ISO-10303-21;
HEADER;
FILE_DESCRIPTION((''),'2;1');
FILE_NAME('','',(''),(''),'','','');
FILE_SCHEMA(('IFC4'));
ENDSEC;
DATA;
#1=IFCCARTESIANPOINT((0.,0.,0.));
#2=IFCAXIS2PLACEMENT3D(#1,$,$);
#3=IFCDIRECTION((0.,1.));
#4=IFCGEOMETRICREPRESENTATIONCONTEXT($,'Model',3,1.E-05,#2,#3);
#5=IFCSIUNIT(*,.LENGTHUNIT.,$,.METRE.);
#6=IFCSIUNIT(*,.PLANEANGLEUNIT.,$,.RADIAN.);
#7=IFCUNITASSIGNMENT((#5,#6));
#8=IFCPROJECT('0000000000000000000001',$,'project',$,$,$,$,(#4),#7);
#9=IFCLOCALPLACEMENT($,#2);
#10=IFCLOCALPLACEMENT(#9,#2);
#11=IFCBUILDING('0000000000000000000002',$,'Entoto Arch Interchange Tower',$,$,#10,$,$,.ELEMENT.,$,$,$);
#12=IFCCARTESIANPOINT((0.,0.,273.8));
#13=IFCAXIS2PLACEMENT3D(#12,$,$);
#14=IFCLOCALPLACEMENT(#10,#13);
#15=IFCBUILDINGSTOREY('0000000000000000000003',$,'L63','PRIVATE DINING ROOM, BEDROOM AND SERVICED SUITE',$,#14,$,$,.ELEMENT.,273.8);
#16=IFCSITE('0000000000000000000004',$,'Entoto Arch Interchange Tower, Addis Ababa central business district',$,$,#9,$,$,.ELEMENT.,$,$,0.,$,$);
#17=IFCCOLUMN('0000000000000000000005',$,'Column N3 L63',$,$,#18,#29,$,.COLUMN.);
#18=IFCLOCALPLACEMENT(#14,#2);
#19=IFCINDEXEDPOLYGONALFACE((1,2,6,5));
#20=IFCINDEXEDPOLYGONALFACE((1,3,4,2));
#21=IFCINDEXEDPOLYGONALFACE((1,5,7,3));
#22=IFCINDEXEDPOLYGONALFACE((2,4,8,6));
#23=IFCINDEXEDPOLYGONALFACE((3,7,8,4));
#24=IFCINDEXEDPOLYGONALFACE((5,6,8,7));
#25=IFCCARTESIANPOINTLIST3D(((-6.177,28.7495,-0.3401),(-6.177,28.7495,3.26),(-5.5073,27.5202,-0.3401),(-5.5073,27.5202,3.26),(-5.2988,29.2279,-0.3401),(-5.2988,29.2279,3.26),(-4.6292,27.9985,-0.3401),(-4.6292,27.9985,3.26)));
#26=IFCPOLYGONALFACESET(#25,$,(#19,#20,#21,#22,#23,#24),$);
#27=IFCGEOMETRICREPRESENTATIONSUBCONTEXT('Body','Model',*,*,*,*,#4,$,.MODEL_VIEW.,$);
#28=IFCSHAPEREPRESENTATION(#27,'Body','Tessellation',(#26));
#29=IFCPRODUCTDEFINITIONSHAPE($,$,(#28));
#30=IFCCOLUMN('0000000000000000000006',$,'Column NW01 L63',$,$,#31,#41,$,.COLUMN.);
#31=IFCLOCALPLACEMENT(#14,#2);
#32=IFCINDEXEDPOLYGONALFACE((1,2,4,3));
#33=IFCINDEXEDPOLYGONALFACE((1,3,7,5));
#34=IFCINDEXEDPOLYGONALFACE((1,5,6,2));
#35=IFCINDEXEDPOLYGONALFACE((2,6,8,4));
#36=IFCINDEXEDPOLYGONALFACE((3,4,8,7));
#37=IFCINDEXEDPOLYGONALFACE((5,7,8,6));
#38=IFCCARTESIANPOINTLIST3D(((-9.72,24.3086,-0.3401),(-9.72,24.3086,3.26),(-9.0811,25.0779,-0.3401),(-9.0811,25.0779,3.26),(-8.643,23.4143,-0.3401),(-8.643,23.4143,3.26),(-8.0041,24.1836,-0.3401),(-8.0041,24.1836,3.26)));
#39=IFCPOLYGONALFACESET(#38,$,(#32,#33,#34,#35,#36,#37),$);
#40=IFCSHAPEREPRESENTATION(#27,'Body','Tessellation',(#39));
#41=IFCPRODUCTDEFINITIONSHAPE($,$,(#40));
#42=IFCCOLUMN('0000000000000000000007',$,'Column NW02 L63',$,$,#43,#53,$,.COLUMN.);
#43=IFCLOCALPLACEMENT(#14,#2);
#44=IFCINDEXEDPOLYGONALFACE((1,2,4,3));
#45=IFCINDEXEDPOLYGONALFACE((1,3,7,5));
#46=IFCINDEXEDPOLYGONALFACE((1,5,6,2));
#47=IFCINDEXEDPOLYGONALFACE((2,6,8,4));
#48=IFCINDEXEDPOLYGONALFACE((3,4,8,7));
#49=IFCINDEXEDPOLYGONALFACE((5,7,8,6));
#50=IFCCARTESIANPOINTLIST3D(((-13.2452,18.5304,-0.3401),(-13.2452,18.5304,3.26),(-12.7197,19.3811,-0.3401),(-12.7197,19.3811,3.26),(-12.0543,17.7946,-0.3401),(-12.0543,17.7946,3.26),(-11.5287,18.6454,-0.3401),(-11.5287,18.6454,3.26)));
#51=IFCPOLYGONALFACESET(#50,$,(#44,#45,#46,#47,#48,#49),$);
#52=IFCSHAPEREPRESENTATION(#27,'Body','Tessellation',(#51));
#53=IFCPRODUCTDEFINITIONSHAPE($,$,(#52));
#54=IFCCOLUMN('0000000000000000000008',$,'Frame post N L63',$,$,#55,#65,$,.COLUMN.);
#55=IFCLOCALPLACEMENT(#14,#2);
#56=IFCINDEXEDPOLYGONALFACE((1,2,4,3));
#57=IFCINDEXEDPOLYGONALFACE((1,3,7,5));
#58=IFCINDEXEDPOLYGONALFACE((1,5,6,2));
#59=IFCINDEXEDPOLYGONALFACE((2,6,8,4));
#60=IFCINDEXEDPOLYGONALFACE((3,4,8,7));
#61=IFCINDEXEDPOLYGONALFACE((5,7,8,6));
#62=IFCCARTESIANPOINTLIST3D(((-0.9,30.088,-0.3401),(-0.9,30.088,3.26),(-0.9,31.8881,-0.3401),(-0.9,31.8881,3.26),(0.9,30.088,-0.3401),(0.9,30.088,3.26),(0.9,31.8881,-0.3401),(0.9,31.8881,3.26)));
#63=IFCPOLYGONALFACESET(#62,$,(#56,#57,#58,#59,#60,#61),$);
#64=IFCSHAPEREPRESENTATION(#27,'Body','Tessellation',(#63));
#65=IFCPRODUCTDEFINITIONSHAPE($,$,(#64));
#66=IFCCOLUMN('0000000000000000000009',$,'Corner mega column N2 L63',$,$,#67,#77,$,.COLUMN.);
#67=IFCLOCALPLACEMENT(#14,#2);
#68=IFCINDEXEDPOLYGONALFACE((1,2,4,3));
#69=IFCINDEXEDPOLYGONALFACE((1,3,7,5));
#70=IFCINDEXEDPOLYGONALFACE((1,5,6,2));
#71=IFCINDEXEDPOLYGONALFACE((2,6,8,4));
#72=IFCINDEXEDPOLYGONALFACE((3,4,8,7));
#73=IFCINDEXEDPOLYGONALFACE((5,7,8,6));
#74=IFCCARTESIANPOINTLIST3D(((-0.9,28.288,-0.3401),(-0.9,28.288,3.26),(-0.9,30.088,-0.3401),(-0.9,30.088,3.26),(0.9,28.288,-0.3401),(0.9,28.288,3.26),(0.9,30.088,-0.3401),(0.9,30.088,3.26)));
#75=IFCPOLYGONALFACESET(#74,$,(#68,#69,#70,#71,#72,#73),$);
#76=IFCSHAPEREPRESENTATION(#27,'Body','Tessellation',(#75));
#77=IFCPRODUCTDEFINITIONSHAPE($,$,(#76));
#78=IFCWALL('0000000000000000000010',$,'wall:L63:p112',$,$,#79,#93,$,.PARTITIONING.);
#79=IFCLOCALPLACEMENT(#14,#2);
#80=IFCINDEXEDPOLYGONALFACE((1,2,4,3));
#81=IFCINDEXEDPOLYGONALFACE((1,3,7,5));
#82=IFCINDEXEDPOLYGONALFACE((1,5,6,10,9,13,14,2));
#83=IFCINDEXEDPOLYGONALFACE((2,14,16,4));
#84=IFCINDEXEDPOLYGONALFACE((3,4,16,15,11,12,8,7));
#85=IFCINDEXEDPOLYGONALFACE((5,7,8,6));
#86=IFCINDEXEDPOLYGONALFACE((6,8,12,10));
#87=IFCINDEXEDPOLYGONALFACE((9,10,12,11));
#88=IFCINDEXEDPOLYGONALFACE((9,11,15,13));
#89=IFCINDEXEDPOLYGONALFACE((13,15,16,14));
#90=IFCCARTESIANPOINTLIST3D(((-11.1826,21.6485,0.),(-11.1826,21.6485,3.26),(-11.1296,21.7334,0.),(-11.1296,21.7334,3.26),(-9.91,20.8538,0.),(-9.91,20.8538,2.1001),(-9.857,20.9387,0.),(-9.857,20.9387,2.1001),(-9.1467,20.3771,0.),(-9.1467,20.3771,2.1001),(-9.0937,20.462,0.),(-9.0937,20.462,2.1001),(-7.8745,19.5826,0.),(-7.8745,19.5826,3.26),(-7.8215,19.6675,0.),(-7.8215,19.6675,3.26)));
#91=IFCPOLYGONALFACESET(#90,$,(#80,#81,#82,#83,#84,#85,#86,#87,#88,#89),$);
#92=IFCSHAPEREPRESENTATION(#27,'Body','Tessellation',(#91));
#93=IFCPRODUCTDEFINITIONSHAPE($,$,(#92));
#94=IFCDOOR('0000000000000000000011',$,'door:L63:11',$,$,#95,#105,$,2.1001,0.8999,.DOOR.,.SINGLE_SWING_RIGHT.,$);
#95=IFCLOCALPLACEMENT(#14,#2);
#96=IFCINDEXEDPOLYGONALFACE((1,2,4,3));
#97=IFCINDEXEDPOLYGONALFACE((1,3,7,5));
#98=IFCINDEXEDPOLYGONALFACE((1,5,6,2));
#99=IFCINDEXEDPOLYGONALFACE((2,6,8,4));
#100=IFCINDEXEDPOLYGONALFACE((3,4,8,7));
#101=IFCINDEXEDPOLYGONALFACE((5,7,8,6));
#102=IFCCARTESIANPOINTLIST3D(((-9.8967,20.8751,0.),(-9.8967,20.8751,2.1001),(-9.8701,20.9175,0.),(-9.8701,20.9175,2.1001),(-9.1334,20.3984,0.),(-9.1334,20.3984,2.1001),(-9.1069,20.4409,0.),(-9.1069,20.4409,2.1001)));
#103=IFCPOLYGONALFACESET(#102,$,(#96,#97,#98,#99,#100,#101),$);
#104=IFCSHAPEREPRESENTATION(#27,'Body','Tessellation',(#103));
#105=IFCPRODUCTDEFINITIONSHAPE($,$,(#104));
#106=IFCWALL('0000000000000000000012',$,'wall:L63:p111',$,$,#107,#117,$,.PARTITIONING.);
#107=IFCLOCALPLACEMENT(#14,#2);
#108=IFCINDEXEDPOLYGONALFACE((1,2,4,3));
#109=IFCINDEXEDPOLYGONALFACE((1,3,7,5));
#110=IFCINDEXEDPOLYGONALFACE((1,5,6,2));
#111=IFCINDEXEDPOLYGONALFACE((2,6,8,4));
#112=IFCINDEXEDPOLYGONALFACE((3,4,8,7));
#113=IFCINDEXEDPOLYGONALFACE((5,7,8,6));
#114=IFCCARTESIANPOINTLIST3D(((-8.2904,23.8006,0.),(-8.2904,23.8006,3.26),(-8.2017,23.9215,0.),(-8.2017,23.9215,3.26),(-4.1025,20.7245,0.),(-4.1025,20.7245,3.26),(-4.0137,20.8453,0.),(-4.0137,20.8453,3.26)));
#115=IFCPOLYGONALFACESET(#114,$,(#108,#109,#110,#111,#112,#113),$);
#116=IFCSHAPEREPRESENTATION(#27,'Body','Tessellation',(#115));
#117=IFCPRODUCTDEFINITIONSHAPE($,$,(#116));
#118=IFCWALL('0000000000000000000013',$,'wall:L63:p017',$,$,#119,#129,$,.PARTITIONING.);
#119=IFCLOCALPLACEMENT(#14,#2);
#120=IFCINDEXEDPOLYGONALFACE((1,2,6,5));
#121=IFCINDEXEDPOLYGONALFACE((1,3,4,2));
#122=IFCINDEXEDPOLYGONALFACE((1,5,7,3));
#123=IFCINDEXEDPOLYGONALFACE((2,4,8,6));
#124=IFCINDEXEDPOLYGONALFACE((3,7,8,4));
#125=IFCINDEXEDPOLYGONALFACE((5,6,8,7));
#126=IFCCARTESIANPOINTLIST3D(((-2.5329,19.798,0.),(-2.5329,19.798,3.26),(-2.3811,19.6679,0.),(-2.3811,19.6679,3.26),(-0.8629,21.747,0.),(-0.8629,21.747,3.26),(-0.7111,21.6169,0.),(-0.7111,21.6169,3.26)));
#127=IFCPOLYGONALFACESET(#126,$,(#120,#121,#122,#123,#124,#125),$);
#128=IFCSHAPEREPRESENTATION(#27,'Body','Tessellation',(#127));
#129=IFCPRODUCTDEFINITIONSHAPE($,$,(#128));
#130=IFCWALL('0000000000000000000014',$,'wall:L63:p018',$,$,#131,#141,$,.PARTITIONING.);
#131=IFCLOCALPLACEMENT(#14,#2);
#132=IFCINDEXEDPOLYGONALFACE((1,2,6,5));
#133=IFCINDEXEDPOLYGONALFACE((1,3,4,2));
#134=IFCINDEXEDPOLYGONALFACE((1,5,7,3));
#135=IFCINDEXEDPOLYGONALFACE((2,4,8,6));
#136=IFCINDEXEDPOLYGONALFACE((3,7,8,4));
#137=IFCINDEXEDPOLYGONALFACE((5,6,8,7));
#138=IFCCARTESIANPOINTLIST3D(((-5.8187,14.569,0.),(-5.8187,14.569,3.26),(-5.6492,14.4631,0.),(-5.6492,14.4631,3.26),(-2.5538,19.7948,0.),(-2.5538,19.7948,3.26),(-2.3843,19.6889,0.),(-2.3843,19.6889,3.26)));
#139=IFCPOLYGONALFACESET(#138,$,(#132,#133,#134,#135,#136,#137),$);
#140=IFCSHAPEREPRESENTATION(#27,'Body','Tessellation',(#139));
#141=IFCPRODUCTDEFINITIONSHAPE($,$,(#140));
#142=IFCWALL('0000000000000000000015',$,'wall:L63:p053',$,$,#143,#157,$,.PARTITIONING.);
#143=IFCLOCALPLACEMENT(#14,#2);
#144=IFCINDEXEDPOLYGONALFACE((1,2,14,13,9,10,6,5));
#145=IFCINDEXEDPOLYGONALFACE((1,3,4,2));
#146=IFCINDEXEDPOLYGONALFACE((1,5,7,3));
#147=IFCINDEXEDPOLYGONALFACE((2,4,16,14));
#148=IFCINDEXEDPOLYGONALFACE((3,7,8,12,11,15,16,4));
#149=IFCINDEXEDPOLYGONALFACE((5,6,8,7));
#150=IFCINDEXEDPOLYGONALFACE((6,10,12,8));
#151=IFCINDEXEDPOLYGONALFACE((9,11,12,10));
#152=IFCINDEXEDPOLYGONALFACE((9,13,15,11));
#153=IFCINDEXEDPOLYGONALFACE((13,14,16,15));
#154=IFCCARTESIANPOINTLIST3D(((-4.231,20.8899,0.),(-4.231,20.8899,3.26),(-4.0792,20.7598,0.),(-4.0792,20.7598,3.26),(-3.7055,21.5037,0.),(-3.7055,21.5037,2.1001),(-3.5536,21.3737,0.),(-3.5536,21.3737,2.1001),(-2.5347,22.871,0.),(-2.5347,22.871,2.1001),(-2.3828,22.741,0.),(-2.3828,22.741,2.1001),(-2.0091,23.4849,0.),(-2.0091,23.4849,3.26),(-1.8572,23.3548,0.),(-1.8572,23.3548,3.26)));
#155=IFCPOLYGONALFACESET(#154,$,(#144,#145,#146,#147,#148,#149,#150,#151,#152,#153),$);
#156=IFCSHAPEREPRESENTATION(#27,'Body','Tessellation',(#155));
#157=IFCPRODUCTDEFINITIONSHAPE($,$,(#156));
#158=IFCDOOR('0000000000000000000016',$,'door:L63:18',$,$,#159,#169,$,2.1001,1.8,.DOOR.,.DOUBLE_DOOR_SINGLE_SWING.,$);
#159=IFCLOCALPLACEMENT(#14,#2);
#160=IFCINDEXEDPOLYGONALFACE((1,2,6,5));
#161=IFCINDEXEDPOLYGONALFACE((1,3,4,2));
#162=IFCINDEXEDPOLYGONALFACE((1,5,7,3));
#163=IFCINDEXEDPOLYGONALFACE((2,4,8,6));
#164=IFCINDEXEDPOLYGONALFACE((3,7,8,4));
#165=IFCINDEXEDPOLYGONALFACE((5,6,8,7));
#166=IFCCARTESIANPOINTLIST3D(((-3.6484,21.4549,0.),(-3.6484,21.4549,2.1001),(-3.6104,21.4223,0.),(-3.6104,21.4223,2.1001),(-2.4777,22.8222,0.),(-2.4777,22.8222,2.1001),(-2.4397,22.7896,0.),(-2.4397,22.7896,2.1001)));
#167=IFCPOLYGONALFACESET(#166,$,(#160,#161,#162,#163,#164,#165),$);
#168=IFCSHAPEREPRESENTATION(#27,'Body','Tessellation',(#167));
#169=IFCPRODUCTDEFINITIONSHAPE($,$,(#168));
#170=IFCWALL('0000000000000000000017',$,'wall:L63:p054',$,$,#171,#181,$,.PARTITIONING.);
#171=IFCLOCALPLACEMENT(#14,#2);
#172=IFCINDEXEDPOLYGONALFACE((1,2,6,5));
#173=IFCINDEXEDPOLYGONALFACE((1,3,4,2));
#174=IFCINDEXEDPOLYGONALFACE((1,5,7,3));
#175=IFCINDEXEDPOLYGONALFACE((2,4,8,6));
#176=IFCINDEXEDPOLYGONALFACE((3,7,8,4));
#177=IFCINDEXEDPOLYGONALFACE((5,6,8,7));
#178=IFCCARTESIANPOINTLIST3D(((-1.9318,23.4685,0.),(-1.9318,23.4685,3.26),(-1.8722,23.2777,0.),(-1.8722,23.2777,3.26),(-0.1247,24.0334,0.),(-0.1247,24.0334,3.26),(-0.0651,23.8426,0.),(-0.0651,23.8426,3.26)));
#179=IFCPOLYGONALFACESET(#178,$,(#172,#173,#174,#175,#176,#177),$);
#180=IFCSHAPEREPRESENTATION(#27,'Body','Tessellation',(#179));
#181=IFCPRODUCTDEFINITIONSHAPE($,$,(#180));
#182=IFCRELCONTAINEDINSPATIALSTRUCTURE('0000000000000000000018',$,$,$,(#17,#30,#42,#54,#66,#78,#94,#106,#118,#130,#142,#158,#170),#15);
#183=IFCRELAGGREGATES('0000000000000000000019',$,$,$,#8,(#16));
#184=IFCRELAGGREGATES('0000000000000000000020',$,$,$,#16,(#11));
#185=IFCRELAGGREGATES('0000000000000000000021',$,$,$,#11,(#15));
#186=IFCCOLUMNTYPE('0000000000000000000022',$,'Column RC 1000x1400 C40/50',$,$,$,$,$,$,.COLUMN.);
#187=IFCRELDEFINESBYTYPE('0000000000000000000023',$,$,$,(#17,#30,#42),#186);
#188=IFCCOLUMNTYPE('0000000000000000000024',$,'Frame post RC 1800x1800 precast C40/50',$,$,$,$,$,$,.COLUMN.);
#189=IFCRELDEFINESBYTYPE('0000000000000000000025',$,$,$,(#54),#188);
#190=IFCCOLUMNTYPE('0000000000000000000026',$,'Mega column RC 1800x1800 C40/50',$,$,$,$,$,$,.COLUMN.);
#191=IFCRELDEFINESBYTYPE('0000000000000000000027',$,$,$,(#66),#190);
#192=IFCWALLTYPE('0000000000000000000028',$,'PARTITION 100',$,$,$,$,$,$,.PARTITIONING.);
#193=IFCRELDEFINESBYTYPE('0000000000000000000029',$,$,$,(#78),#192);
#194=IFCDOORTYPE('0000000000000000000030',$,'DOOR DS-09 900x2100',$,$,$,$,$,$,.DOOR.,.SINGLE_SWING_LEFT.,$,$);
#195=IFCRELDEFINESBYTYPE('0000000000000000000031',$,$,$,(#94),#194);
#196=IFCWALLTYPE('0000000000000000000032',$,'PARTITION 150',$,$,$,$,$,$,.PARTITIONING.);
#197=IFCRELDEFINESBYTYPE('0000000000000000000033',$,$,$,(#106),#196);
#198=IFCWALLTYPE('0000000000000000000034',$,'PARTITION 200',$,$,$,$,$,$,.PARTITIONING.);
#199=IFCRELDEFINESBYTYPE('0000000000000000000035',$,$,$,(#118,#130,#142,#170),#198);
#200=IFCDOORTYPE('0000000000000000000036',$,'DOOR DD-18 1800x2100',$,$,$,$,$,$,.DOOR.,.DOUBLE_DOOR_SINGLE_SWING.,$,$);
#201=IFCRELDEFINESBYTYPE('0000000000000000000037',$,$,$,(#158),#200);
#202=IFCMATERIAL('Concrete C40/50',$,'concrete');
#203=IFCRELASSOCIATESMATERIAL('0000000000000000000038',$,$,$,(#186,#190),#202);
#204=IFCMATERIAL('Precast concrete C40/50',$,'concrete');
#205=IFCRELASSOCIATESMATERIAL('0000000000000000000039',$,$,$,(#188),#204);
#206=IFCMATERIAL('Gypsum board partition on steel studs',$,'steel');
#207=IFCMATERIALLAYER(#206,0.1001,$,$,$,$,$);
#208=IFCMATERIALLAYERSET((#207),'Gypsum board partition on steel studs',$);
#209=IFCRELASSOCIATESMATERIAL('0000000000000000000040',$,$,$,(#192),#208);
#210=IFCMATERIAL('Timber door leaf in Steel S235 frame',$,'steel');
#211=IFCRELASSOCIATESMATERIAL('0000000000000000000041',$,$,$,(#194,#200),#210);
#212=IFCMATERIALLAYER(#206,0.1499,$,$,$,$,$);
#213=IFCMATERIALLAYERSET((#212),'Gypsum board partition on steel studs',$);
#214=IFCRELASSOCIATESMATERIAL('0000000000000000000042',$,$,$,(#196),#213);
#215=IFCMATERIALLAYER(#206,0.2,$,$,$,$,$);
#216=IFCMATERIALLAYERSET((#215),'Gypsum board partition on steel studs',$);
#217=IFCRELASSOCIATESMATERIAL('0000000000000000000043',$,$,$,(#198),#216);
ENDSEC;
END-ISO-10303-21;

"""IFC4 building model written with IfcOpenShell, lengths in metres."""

from ifc_helpers import new_model, si_unit, direction, frame, frame_2d, origin, origin_2d, place, context, subcontext, project, spatial, rectangle, extrude, material, layer, layer_set, material_profile, profile_set, type_object, element, fill, save


model = new_model("IFC4")

# Units and contexts
model_context = context("Model", 3, precision=1e-05, world=origin(), true_north=direction((0.0, 1.0)))
body_context = subcontext(model_context, "Body", "Model", "MODEL_VIEW")
ifc_project = project(units=[si_unit("LENGTHUNIT", "METRE"), si_unit("PLANEANGLEUNIT", "RADIAN")], contexts=[model_context])

# Site, building, storey
site_placement = place(None, origin())
site = spatial("IfcSite", under=ifc_project, at=site_placement, Name="Entoto Arch Interchange Tower, Addis Ababa central business district", CompositionType="ELEMENT", RefElevation=0.0)
building_placement = place(site_placement, origin())
building = spatial("IfcBuilding", under=site, at=building_placement, Name="Entoto Arch Interchange Tower", CompositionType="ELEMENT")
storey_placement = place(building_placement, frame((0.0, 0.0, 273.8)))
storey = spatial("IfcBuildingStorey", under=building, at=storey_placement, Name="L63", Description="PRIVATE DINING ROOM, BEDROOM AND SERVICED SUITE", CompositionType="ELEMENT", Elevation=273.8)

# Columns
ifc_material_1 = material(Name="Concrete C40/50", Category="concrete")
ifc_material_profile_1 = material_profile(ifc_material_1, rectangle(XDim=1.0, YDim=1.3999, at=origin_2d()))
ifc_profile_set_1 = profile_set([ifc_material_profile_1], Name="Concrete C40/50")
column_type_1 = type_object("IfcColumnType", Name="Column RC 1000x1400 C40/50", PredefinedType="COLUMN", material=ifc_profile_set_1)
for number, where, z_axis, x_axis, name in (
    (1, (-5.4031, 28.374, -0.3401), (0.0, 0.0, 1.0), (0.878175, 0.478339, 0.0), "Column N3 L63"),
    (2, (-8.8621, 24.2461, -0.3401), (0.0, 0.0, 1.0), (0.638835, 0.769344, 0.0), "Column NW01 L63"),
    (3, (-12.387, 18.5879, -0.3401), (0.0, 0.0, 1.0), (0.525576, 0.850747, 0.0), "Column NW02 L63"),
):
    element("IfcColumn", number, at=place(storey_placement, frame(where, z_axis=z_axis, x_axis=x_axis)), inside=storey, type_object=column_type_1, Name=name, PredefinedType="COLUMN", context=body_context, shape_type="SweptSolid", body=[
        extrude(rectangle(XDim=1.0, YDim=1.3999, at=origin_2d()), origin(), (0.0, 0.0, 1.0), 3.6001),
    ])
ifc_material_2 = material(Name="Precast concrete C40/50", Category="concrete")
ifc_material_profile_2 = material_profile(ifc_material_2, rectangle(XDim=1.8, YDim=1.8, at=origin_2d()))
ifc_profile_set_2 = profile_set([ifc_material_profile_2], Name="Precast concrete C40/50")
column_type_2 = type_object("IfcColumnType", Name="Frame post RC 1800x1800 precast C40/50", PredefinedType="COLUMN", material=ifc_profile_set_2)
column_1_placement = place(storey_placement, frame((0.0, 30.988, -0.3401), z_axis=(0.0, 0.0, 1.0), x_axis=(0.0, 1.0, 0.0)))
element("IfcColumn", 4, at=column_1_placement, inside=storey, type_object=column_type_2, Name="Frame post N L63", PredefinedType="COLUMN", context=body_context, shape_type="SweptSolid", body=[
    extrude(rectangle(XDim=1.8, YDim=1.8, at=origin_2d()), origin(), (0.0, 0.0, 1.0), 3.6001),
])
ifc_material_profile_3 = material_profile(ifc_material_1, rectangle(XDim=1.8, YDim=1.8, at=origin_2d()))
ifc_profile_set_3 = profile_set([ifc_material_profile_3], Name="Concrete C40/50")
column_type_3 = type_object("IfcColumnType", Name="Mega column RC 1800x1800 C40/50", PredefinedType="COLUMN", material=ifc_profile_set_3)
column_2_placement = place(storey_placement, frame((0.0, 29.188, -0.3401), z_axis=(0.0, 0.0, 1.0), x_axis=(0.0, 1.0, 0.0)))
element("IfcColumn", 5, at=column_2_placement, inside=storey, type_object=column_type_3, Name="Corner mega column N2 L63", PredefinedType="COLUMN", context=body_context, shape_type="SweptSolid", body=[
    extrude(rectangle(XDim=1.8, YDim=1.8, at=origin_2d()), origin(), (0.0, 0.0, 1.0), 3.6001),
])

# Wall, opening, door
ifc_material_3 = material(Name="Gypsum board partition on steel studs", Category="steel")
ifc_layer_1 = layer(ifc_material_3, 0.1001)
ifc_layer_set_1 = layer_set([ifc_layer_1], Name="Gypsum board partition on steel studs")
wall_type_1 = type_object("IfcWallType", Name="PARTITION 100", PredefinedType="PARTITIONING", material=ifc_layer_set_1)
wall_1_placement = place(storey_placement, frame((-7.8479, 19.625, 0.0), z_axis=(0.0, 0.0, 1.0), x_axis=(-0.848188, 0.529695, 0.0)))
wall_1 = element("IfcWall", 6, at=wall_1_placement, inside=storey, type_object=wall_type_1, Name="wall:L63:p112", PredefinedType="PARTITIONING", context=body_context, shape_type="SweptSolid", body=[
    extrude(rectangle(XDim=3.9001, YDim=0.1001, at=frame_2d((1.9502, 0.0))), origin(), (0.0, 0.0, 1.0), 3.26),
])
opening_1_placement = place(wall_1_placement, frame((1.5, 0.0, 0.0)))
opening_1 = element("IfcOpeningElement", 7, at=opening_1_placement, cuts=wall_1, PredefinedType="OPENING", context=body_context, shape_type="SweptSolid", body=[
    extrude(rectangle(XDim=0.8999, YDim=2.1001, at=frame_2d((0.45, 1.05))), frame((0.0, 0.0601, 0.0), z_axis=(0.0, -1.0, 0.0), x_axis=(1.0, 0.0, 0.0)), (0.0, 0.0, 1.0), 0.1201),
])
ifc_material_4 = material(Name="Timber door leaf in Steel S235 frame", Category="steel")
door_type_1 = type_object("IfcDoorType", Name="DOOR DS-09 900x2100", OperationType="SINGLE_SWING_LEFT", PredefinedType="DOOR", material=ifc_material_4)
door_1_placement = place(opening_1_placement, origin())
door_1 = element("IfcDoor", 8, at=door_1_placement, inside=storey, type_object=door_type_1, Name="door:L63:11", OperationType="SINGLE_SWING_RIGHT", OverallHeight=2.1001, OverallWidth=0.8999, PredefinedType="DOOR", context=body_context, shape_type="SweptSolid", body=[
    extrude(rectangle(XDim=0.8999, YDim=2.1001, at=frame_2d((0.45, 1.05))), frame((0.0, 0.0249, 0.0), z_axis=(0.0, -1.0, 0.0), x_axis=(1.0, 0.0, 0.0)), (0.0, 0.0, 1.0), 0.05),
])
fill(opening_1, door_1)

# Walls
ifc_layer_2 = layer(ifc_material_3, 0.1499)
ifc_layer_set_2 = layer_set([ifc_layer_2], Name="Gypsum board partition on steel studs")
wall_type_2 = type_object("IfcWallType", Name="PARTITION 150", PredefinedType="PARTITIONING", material=ifc_layer_set_2)
wall_2_placement = place(storey_placement, frame((-4.0581, 20.7849, 0.0), z_axis=(0.0, 0.0, 1.0), x_axis=(-0.805948, 0.591987, 0.0)))
element("IfcWall", 9, at=wall_2_placement, inside=storey, type_object=wall_type_2, Name="wall:L63:p111", PredefinedType="PARTITIONING", context=body_context, shape_type="SweptSolid", body=[
    extrude(rectangle(XDim=5.1963, YDim=0.1499, at=frame_2d((2.5981, 0.0))), origin(), (0.0, 0.0, 1.0), 3.26),
])
ifc_layer_3 = layer(ifc_material_3, 0.2)
ifc_layer_set_3 = layer_set([ifc_layer_3], Name="Gypsum board partition on steel studs")
wall_type_3 = type_object("IfcWallType", Name="PARTITION 200", PredefinedType="PARTITIONING", material=ifc_layer_set_3)
wall_3_placement = place(storey_placement, frame((-0.7871, 21.6819, 0.0), z_axis=(0.0, 0.0, 1.0), x_axis=(-0.65065, -0.759377, 0.0)))
element("IfcWall", 10, at=wall_3_placement, inside=storey, type_object=wall_type_3, Name="wall:L63:p017", PredefinedType="PARTITIONING", context=body_context, shape_type="SweptSolid", body=[
    extrude(rectangle(XDim=2.5667, YDim=0.2, at=frame_2d((1.2832, 0.0))), origin(), (0.0, 0.0, 1.0), 3.26),
])
wall_4_placement = place(storey_placement, frame((-2.469, 19.7419, 0.0), z_axis=(0.0, 0.0, 1.0), x_axis=(-0.529853, -0.84809, 0.0)))
element("IfcWall", 11, at=wall_4_placement, inside=storey, type_object=wall_type_3, Name="wall:L63:p018", PredefinedType="PARTITIONING", context=body_context, shape_type="SweptSolid", body=[
    extrude(rectangle(XDim=6.1619, YDim=0.2, at=frame_2d((3.0811, 0.0))), origin(), (0.0, 0.0, 1.0), 3.26),
])

# Wall, opening, door
wall_5_placement = place(storey_placement, frame((-4.155, 20.825, 0.0), z_axis=(0.0, 0.0, 1.0), x_axis=(0.650397, 0.759594, 0.0)))
wall_5 = element("IfcWall", 12, at=wall_5_placement, inside=storey, type_object=wall_type_3, Name="wall:L63:p053", PredefinedType="PARTITIONING", context=body_context, shape_type="SweptSolid", body=[
    extrude(rectangle(XDim=3.4163, YDim=0.2, at=frame_2d((1.708, 0.0))), origin(), (0.0, 0.0, 1.0), 3.26),
])
opening_2_placement = place(wall_5_placement, frame((0.8081, 0.0, 0.0)))
opening_2 = element("IfcOpeningElement", 13, at=opening_2_placement, cuts=wall_5, PredefinedType="OPENING", context=body_context, shape_type="SweptSolid", body=[
    extrude(rectangle(XDim=1.8, YDim=2.1001, at=frame_2d((0.8999, 1.05))), frame((0.0, 0.1099, 0.0), z_axis=(0.0, -1.0, 0.0), x_axis=(1.0, 0.0, 0.0)), (0.0, 0.0, 1.0), 0.22),
])
door_type_2 = type_object("IfcDoorType", Name="DOOR DD-18 1800x2100", OperationType="DOUBLE_DOOR_SINGLE_SWING", PredefinedType="DOOR", material=ifc_material_4)
door_2_placement = place(opening_2_placement, origin())
door_2 = element("IfcDoor", 14, at=door_2_placement, inside=storey, type_object=door_type_2, Name="door:L63:18", OperationType="DOUBLE_DOOR_SINGLE_SWING", OverallHeight=2.1001, OverallWidth=1.8, PredefinedType="DOOR", context=body_context, shape_type="SweptSolid", body=[
    extrude(rectangle(XDim=1.8, YDim=2.1001, at=frame_2d((0.8999, 1.05))), frame((0.0, 0.0249, 0.0), z_axis=(0.0, -1.0, 0.0), x_axis=(1.0, 0.0, 0.0)), (0.0, 0.0, 1.0), 0.05),
])
fill(opening_2, door_2)

# Wall
wall_6_placement = place(storey_placement, frame((-1.9021, 23.373, 0.0), z_axis=(0.0, 0.0, 1.0), x_axis=(0.954448, 0.298378, 0.0)))
element("IfcWall", 15, at=wall_6_placement, inside=storey, type_object=wall_type_3, Name="wall:L63:p054", PredefinedType="PARTITIONING", context=body_context, shape_type="SweptSolid", body=[
    extrude(rectangle(XDim=1.8933, YDim=0.2, at=frame_2d((0.9468, 0.0))), origin(), (0.0, 0.0, 1.0), 3.26),
])

save(model, "model.ifc")
